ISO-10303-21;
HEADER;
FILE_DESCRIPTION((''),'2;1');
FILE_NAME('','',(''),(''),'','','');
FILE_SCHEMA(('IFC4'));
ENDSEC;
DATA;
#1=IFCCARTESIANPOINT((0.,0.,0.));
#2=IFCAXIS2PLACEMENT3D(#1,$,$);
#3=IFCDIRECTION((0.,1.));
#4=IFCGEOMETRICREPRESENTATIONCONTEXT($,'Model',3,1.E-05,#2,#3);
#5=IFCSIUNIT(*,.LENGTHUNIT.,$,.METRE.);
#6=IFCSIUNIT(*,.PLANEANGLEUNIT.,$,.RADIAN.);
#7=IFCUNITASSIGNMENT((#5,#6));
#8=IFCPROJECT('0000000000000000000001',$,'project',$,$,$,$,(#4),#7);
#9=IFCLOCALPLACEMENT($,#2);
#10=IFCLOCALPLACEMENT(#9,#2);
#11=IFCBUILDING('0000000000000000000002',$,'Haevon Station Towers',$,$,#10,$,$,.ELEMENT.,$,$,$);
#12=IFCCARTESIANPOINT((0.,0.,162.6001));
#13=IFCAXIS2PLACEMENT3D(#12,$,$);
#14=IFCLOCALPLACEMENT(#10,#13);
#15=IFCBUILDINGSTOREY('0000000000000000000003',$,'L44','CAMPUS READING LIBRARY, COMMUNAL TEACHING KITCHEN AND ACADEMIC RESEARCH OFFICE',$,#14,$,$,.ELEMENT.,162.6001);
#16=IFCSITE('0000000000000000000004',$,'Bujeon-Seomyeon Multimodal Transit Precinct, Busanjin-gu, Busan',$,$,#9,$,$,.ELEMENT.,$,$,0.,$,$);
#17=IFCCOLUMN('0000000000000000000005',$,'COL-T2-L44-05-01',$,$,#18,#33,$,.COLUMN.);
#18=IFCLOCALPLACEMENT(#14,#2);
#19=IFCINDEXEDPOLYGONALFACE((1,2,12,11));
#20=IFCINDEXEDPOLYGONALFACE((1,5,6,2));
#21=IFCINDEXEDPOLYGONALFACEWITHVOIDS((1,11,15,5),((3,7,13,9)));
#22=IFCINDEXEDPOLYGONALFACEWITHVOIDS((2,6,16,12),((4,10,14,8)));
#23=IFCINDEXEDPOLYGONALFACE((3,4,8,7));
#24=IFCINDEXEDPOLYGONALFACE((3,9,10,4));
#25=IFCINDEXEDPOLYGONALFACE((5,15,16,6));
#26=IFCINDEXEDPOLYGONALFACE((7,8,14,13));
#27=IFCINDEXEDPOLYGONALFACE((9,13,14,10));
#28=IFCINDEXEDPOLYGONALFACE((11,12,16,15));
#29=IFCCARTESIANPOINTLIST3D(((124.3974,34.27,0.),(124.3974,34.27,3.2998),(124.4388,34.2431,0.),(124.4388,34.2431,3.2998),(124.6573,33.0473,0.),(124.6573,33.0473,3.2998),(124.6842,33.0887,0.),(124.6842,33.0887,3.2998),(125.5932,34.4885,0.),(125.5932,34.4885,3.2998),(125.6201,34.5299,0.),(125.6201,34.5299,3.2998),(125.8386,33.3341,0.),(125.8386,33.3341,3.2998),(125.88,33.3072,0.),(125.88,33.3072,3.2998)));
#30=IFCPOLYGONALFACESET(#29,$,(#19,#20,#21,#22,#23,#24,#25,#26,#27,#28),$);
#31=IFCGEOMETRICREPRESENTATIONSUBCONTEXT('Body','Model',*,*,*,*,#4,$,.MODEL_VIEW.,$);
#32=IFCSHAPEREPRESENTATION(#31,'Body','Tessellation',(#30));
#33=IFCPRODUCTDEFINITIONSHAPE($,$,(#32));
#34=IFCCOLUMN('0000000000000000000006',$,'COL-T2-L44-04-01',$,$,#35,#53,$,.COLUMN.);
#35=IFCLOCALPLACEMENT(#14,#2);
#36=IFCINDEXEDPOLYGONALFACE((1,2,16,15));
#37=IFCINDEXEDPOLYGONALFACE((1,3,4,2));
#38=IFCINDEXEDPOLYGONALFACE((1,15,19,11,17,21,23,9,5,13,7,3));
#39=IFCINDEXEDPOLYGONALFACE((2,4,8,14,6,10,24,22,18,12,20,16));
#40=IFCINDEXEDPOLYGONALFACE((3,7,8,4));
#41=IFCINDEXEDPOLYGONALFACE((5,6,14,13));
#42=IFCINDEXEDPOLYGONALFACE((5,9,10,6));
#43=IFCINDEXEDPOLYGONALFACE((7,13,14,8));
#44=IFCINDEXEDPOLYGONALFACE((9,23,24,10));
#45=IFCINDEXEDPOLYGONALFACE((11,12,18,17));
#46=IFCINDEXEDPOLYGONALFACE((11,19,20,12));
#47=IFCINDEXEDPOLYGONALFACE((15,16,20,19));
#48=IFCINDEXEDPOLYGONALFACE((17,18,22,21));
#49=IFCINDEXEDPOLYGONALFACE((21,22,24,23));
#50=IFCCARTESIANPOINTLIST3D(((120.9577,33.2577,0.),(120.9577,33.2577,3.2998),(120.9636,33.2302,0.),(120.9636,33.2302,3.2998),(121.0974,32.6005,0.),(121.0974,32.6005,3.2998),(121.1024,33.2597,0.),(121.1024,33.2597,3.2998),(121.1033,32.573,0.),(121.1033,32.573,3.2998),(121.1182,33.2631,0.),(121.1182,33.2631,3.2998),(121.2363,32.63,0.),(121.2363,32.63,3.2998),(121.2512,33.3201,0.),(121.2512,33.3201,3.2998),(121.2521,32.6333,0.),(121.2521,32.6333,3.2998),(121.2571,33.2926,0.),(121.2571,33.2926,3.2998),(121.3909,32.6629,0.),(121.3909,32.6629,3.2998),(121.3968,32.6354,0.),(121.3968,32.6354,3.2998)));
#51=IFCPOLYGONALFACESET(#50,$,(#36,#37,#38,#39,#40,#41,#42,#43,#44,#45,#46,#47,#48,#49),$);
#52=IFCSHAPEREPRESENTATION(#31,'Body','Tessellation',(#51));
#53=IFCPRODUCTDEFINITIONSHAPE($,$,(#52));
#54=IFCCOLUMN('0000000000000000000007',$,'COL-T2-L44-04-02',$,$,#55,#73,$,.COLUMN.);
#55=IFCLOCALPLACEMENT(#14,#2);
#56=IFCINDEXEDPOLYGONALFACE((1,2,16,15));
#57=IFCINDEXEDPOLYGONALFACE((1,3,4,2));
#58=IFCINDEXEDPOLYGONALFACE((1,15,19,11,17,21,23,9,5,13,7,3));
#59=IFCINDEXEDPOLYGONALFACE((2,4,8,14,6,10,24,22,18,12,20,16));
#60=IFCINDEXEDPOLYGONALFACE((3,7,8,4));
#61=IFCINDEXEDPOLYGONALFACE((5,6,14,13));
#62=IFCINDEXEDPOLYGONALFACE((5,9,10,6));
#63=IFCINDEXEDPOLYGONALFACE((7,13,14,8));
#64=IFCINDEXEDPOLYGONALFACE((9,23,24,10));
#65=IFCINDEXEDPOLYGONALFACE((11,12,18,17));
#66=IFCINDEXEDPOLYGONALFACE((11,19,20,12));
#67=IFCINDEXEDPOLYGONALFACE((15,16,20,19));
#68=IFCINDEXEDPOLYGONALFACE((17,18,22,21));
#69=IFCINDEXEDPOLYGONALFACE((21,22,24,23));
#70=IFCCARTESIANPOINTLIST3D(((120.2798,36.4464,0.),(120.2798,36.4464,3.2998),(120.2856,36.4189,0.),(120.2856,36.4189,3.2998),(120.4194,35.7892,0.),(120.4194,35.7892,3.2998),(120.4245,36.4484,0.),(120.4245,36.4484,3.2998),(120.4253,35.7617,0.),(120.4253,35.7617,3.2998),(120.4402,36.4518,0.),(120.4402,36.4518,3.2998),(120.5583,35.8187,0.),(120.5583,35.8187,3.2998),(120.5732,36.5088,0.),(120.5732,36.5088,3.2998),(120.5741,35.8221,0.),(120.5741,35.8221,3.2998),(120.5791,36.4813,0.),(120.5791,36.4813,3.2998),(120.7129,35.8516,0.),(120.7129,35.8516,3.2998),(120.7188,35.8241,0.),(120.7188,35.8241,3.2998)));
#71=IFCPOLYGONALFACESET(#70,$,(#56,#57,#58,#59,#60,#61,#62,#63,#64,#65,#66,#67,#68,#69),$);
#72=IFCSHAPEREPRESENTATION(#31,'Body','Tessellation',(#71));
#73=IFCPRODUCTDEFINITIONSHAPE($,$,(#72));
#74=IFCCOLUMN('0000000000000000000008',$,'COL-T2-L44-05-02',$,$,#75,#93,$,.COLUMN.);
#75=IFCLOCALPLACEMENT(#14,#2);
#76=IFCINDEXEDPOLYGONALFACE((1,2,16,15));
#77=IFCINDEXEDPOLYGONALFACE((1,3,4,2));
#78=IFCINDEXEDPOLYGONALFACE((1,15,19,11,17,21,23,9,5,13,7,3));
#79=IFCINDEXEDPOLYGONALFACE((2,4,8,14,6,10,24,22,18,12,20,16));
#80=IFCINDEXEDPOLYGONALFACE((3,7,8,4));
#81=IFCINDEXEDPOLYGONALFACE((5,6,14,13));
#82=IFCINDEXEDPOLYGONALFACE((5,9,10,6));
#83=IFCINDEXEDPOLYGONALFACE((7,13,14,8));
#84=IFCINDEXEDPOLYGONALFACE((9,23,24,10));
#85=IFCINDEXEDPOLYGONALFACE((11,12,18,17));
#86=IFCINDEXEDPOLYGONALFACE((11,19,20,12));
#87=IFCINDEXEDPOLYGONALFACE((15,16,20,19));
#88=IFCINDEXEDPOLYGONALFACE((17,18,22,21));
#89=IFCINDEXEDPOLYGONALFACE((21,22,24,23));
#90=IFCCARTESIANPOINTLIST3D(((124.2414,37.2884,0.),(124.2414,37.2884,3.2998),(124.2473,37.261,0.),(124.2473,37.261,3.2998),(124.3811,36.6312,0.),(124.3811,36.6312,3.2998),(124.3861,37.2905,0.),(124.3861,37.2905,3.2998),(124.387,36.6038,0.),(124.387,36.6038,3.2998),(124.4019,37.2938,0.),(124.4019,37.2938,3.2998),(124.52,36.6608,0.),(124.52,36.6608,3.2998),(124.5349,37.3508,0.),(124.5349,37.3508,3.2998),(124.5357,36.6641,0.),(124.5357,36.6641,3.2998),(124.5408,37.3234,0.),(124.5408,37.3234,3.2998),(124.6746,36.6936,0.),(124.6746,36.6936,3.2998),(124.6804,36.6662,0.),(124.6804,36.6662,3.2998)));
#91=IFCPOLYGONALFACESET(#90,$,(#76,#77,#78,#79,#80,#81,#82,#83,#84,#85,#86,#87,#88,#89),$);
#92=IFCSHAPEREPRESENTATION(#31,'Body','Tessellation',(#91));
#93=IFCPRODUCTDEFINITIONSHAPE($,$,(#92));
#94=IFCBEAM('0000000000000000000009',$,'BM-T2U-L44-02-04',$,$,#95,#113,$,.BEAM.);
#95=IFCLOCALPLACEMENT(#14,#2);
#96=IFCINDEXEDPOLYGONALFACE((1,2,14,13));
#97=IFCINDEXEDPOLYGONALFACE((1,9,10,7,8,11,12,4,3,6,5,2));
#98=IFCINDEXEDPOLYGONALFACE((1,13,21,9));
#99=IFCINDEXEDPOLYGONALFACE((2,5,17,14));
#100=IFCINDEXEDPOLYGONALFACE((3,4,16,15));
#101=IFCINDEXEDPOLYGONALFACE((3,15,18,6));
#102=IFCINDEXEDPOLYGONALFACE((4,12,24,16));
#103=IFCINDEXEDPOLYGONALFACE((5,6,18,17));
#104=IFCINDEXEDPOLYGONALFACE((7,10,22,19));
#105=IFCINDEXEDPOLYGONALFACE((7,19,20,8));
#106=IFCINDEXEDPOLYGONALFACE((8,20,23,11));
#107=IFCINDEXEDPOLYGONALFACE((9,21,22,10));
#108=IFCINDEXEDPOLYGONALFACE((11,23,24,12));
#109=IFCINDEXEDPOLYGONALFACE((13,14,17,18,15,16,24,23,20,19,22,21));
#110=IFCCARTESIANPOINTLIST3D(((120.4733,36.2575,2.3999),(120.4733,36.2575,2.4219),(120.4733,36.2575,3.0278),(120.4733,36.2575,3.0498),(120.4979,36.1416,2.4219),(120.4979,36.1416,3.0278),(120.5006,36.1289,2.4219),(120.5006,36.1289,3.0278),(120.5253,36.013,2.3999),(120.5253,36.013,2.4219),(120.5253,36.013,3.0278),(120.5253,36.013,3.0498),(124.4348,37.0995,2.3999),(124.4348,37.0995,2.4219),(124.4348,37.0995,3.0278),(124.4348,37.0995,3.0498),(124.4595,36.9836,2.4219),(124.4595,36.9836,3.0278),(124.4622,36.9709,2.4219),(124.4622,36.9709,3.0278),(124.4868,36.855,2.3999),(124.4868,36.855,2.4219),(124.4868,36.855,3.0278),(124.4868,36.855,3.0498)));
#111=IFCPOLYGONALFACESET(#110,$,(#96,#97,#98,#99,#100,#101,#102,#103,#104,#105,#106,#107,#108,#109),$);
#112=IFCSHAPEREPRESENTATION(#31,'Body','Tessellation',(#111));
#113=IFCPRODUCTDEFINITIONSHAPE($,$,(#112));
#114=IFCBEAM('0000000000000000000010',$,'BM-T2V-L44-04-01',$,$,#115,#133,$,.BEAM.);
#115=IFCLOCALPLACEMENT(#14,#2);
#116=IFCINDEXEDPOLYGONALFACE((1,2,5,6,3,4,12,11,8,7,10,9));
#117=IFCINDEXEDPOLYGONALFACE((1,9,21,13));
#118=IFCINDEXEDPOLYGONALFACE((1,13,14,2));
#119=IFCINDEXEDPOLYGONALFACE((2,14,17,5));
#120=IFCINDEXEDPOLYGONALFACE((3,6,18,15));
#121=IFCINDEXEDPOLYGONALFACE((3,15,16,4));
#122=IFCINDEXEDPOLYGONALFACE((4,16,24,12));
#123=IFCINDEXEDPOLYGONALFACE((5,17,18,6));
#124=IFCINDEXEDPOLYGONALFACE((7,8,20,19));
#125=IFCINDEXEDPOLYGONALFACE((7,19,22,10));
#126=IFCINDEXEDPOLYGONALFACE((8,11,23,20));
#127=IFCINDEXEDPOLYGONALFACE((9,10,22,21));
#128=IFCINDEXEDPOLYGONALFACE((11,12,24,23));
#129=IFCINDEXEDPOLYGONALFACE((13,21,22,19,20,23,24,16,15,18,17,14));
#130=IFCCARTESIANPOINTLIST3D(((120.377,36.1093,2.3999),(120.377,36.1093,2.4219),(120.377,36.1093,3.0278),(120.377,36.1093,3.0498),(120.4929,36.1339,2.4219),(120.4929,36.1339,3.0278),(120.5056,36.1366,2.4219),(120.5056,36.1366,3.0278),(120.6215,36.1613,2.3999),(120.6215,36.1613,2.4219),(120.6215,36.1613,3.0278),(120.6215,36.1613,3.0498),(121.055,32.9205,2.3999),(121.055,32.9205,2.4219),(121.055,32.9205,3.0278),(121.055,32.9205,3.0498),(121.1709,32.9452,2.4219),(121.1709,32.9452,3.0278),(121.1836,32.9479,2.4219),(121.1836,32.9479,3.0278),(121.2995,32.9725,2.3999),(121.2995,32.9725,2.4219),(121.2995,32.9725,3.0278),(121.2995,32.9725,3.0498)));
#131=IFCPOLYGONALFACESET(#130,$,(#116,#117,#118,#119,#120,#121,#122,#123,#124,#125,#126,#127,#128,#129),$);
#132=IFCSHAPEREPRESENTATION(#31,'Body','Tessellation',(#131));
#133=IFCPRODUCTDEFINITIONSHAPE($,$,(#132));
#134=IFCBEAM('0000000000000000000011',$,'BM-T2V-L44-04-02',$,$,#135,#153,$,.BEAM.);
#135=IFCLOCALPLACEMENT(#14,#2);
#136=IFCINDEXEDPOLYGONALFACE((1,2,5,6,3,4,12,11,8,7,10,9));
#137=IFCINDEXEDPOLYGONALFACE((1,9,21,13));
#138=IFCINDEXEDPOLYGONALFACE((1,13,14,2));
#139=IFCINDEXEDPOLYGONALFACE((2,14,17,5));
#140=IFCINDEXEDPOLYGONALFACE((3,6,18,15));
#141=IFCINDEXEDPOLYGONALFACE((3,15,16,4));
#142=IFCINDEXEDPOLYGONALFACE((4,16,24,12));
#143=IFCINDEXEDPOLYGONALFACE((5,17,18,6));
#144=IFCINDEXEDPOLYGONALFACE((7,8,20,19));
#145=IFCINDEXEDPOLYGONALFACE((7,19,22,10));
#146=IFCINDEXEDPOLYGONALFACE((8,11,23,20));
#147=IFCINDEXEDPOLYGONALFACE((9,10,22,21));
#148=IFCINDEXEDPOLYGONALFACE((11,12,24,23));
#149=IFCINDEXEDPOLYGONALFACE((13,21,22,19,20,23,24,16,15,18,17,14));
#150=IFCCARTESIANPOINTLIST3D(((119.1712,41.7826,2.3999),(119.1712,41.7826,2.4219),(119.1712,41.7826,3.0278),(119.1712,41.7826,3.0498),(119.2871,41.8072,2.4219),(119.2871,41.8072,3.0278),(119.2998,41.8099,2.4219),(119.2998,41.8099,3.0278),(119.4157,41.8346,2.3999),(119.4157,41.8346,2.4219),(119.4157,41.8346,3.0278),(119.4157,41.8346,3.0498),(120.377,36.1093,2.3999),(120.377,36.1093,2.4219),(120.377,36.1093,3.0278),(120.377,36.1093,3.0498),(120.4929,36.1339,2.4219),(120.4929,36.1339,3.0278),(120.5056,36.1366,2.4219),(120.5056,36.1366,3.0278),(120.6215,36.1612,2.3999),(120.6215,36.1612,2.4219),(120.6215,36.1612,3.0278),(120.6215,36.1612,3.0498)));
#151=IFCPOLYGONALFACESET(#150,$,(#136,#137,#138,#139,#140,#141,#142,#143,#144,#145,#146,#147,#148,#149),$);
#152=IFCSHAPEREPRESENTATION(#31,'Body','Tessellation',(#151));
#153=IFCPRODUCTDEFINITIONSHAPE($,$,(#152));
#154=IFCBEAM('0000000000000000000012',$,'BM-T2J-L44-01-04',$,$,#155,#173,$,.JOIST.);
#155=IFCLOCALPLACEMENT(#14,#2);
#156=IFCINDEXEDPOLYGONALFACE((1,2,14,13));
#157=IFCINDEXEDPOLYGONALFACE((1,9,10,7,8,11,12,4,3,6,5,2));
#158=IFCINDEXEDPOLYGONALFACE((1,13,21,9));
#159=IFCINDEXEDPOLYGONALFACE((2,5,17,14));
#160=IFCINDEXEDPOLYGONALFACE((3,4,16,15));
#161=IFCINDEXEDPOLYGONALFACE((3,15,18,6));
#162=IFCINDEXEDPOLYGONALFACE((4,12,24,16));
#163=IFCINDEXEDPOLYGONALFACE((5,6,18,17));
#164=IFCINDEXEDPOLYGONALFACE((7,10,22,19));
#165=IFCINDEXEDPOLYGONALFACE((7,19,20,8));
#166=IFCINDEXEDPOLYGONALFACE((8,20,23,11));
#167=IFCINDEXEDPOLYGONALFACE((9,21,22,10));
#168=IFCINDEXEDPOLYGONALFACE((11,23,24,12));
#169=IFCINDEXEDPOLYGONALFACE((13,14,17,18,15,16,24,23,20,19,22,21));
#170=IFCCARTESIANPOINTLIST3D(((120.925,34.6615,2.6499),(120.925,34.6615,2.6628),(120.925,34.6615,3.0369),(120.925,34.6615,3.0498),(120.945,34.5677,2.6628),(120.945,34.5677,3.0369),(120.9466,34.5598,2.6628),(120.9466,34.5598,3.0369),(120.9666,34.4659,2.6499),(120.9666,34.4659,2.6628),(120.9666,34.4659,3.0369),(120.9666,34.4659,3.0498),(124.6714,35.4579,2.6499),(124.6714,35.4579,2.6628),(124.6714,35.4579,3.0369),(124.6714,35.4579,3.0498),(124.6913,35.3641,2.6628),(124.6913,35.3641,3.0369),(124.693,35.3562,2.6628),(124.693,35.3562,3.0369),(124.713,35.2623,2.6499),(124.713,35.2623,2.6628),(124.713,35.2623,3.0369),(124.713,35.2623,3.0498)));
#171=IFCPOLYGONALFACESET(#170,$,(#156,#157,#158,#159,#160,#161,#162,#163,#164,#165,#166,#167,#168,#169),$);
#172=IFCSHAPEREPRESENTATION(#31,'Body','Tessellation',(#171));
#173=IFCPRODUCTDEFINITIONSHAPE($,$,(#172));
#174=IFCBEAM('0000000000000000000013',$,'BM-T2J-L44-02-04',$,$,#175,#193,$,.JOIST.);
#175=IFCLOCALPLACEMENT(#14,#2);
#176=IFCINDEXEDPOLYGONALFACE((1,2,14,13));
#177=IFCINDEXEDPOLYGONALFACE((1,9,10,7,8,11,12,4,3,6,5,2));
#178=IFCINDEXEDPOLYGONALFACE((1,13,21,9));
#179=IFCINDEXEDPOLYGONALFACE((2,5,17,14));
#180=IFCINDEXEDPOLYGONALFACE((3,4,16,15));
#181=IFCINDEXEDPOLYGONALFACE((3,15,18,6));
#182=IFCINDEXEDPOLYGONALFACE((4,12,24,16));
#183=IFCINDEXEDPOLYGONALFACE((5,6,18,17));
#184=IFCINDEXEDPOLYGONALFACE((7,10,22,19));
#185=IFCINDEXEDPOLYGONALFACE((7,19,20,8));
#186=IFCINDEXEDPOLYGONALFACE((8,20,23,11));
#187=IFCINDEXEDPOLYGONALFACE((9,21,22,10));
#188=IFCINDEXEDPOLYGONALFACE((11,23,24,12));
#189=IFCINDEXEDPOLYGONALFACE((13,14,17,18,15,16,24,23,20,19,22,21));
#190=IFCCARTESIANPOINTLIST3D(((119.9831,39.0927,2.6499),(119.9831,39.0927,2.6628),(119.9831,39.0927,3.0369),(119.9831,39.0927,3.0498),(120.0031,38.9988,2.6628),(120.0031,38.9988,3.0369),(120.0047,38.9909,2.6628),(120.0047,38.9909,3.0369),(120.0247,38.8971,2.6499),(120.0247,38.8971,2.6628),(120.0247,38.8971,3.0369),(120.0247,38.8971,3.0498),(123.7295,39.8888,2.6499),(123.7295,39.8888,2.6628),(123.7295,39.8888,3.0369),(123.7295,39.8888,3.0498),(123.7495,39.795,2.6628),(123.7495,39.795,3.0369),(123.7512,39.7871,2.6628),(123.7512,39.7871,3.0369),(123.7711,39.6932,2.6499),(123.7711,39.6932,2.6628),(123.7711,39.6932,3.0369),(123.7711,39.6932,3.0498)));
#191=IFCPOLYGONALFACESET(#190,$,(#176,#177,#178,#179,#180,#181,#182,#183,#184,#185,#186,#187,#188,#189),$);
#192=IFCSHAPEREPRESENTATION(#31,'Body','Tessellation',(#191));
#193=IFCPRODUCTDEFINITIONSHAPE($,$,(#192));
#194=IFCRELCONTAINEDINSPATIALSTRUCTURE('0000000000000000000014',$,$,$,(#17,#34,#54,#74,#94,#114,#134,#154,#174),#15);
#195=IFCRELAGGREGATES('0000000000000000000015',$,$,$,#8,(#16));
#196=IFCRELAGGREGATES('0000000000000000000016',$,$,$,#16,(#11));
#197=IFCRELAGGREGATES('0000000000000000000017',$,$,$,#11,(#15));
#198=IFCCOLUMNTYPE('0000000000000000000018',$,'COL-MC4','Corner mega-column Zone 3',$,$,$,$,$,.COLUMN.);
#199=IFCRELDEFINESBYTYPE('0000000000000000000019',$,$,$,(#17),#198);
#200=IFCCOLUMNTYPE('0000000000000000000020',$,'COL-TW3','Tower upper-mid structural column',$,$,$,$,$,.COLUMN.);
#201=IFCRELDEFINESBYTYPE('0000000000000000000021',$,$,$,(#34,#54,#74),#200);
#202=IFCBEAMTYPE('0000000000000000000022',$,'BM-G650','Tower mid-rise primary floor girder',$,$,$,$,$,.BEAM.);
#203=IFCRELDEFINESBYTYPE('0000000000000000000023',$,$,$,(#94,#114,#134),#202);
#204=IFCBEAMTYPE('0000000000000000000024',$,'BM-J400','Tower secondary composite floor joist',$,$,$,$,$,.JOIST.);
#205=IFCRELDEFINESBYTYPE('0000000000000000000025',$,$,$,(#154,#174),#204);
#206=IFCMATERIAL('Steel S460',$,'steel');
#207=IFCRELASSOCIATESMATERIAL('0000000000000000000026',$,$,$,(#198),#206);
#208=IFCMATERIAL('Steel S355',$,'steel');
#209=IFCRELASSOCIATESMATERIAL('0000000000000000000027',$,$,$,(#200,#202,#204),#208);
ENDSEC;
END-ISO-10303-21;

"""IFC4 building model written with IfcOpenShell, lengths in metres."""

from ifc_helpers import new_model, si_unit, direction, frame, origin, origin_2d, place, context, subcontext, project, spatial, hollow_rectangle, i_section, extrude, material, material_profile, profile_set, type_object, element, save


model = new_model("IFC4")

# Units and contexts
model_context = context("Model", 3, precision=1e-05, world=origin(), true_north=direction((0.0, 1.0)))
body_context = subcontext(model_context, "Body", "Model", "MODEL_VIEW")
ifc_project = project(units=[si_unit("LENGTHUNIT", "METRE"), si_unit("PLANEANGLEUNIT", "RADIAN")], contexts=[model_context])

# Site, building, storey
site_placement = place(None, origin())
site = spatial("IfcSite", under=ifc_project, at=site_placement, Name="Bujeon-Seomyeon Multimodal Transit Precinct, Busanjin-gu, Busan", CompositionType="ELEMENT", RefElevation=0.0)
building_placement = place(site_placement, origin())
building = spatial("IfcBuilding", under=site, at=building_placement, Name="Haevon Station Towers", CompositionType="ELEMENT")
storey_placement = place(building_placement, frame((0.0, 0.0, 162.6001)))
storey = spatial("IfcBuildingStorey", under=building, at=storey_placement, Name="L44", Description="CAMPUS READING LIBRARY, COMMUNAL TEACHING KITCHEN AND ACADEMIC RESEARCH OFFICE", CompositionType="ELEMENT", Elevation=162.6001)

# Columns
ifc_material_1 = material(Name="Steel S460", Category="steel")
ifc_material_profile_1 = material_profile(ifc_material_1, hollow_rectangle(XDim=1.25, YDim=1.25, WallThickness=0.0349, at=origin_2d()), Name="BOX-1250x1250x35")
ifc_profile_set_1 = profile_set([ifc_material_profile_1], Name="Steel S460")
column_type_1 = type_object("IfcColumnType", Name="COL-MC4", Description="Corner mega-column Zone 3", PredefinedType="COLUMN", material=ifc_profile_set_1)
column_placement = place(storey_placement, frame((125.1387, 33.7886, 0.0), z_axis=(0.0, 0.0, 1.0), x_axis=(0.978148, 0.207912, 0.0)))
element("IfcColumn", 1, at=column_placement, inside=storey, type_object=column_type_1, Name="COL-T2-L44-05-01", PredefinedType="COLUMN", context=body_context, shape_type="SweptSolid", body=[
    extrude(hollow_rectangle(XDim=1.25, YDim=1.25, WallThickness=0.0349, at=origin_2d()), origin(), (0.0, 0.0, 1.0), 3.2998),
])
ifc_material_2 = material(Name="Steel S355", Category="steel")
ifc_material_profile_2 = material_profile(ifc_material_2, i_section(OverallWidth=0.3, OverallDepth=0.7, WebThickness=0.0161, FlangeThickness=0.0281, at=origin_2d()), Name="H-700x300x16x28")
ifc_profile_set_2 = profile_set([ifc_material_profile_2], Name="Steel S355")
column_type_2 = type_object("IfcColumnType", Name="COL-TW3", Description="Tower upper-mid structural column", PredefinedType="COLUMN", material=ifc_profile_set_2)
for number, where, z_axis, x_axis, name in (
    (2, (121.1772, 32.9465, 0.0), (0.0, 0.0, 1.0), (0.978148, 0.207912, 0.0), "COL-T2-L44-04-01"),
    (3, (120.4993, 36.1353, 0.0), (0.0, 0.0, 1.0), (0.978148, 0.207912, 0.0), "COL-T2-L44-04-02"),
    (4, (124.4609, 36.9773, 0.0), (0.0, 0.0, 1.0), (0.978148, 0.207912, 0.0), "COL-T2-L44-05-02"),
):
    element("IfcColumn", number, at=place(storey_placement, frame(where, z_axis=z_axis, x_axis=x_axis)), inside=storey, type_object=column_type_2, Name=name, PredefinedType="COLUMN", context=body_context, shape_type="SweptSolid", body=[
        extrude(i_section(OverallWidth=0.3, OverallDepth=0.7, WebThickness=0.0161, FlangeThickness=0.0281, at=origin_2d()), origin(), (0.0, 0.0, 1.0), 3.2998),
    ])

# Beams
ifc_material_profile_3 = material_profile(ifc_material_2, i_section(OverallWidth=0.25, OverallDepth=0.6499, WebThickness=0.0129, FlangeThickness=0.022, at=origin_2d()), Name="H-650x250x13x22")
ifc_profile_set_3 = profile_set([ifc_material_profile_3], Name="Steel S355")
beam_type_1 = type_object("IfcBeamType", Name="BM-G650", Description="Tower mid-rise primary floor girder", PredefinedType="BEAM", material=ifc_profile_set_3)
beam_1_placement = place(storey_placement, frame((120.4993, 36.1353, 2.7249), z_axis=(0.97815, 0.207903, 0.0), x_axis=(-0.207903, 0.97815, 0.0)))
element("IfcBeam", 5, at=beam_1_placement, inside=storey, type_object=beam_type_1, Name="BM-T2U-L44-02-04", PredefinedType="BEAM", context=body_context, shape_type="SweptSolid", body=[
    extrude(i_section(OverallWidth=0.25, OverallDepth=0.6499, WebThickness=0.0129, FlangeThickness=0.022, at=origin_2d()), origin(), (0.0, 0.0, 1.0), 4.05),
])
beam_2_placement = place(storey_placement, frame((121.1772, 32.9465, 2.7249), z_axis=(-0.207969, 0.978135, 0.0), x_axis=(-0.978135, -0.207969, 0.0)))
element("IfcBeam", 6, at=beam_2_placement, inside=storey, type_object=beam_type_1, Name="BM-T2V-L44-04-01", PredefinedType="BEAM", context=body_context, shape_type="SweptSolid", body=[
    extrude(i_section(OverallWidth=0.25, OverallDepth=0.6499, WebThickness=0.0129, FlangeThickness=0.022, at=origin_2d()), origin(), (0.0, 0.0, 1.0), 3.26),
])
beam_3_placement = place(storey_placement, frame((120.4993, 36.1353, 2.7249), z_axis=(-0.207896, 0.978151, 0.0), x_axis=(-0.978151, -0.207896, 0.0)))
element("IfcBeam", 7, at=beam_3_placement, inside=storey, type_object=beam_type_1, Name="BM-T2V-L44-04-02", PredefinedType="BEAM", context=body_context, shape_type="SweptSolid", body=[
    extrude(i_section(OverallWidth=0.25, OverallDepth=0.6499, WebThickness=0.0129, FlangeThickness=0.022, at=origin_2d()), origin(), (0.0, 0.0, 1.0), 5.8),
])
ifc_material_profile_4 = material_profile(ifc_material_2, i_section(OverallWidth=0.2, OverallDepth=0.3999, WebThickness=0.0081, FlangeThickness=0.0129, at=origin_2d()), Name="H-400x200x8x13")
ifc_profile_set_4 = profile_set([ifc_material_profile_4], Name="Steel S355")
beam_type_2 = type_object("IfcBeamType", Name="BM-J400", Description="Tower secondary composite floor joist", PredefinedType="JOIST", material=ifc_profile_set_4)
for number, where, z_axis, x_axis, name in (
    (8, (120.9458, 34.5637, 2.8499), (0.978143, 0.207931, 0.0), (-0.207931, 0.978143, 0.0), "BM-T2J-L44-01-04"),
    (9, (120.0039, 38.9949, 2.8499), (0.978156, 0.20787, 0.0), (-0.20787, 0.978156, 0.0), "BM-T2J-L44-02-04"),
):
    element("IfcBeam", number, at=place(storey_placement, frame(where, z_axis=z_axis, x_axis=x_axis)), inside=storey, type_object=beam_type_2, Name=name, PredefinedType="JOIST", context=body_context, shape_type="SweptSolid", body=[
        extrude(i_section(OverallWidth=0.2, OverallDepth=0.3999, WebThickness=0.0081, FlangeThickness=0.0129, at=origin_2d()), origin(), (0.0, 0.0, 1.0), 3.8301),
    ])

save(model, "model.ifc")
